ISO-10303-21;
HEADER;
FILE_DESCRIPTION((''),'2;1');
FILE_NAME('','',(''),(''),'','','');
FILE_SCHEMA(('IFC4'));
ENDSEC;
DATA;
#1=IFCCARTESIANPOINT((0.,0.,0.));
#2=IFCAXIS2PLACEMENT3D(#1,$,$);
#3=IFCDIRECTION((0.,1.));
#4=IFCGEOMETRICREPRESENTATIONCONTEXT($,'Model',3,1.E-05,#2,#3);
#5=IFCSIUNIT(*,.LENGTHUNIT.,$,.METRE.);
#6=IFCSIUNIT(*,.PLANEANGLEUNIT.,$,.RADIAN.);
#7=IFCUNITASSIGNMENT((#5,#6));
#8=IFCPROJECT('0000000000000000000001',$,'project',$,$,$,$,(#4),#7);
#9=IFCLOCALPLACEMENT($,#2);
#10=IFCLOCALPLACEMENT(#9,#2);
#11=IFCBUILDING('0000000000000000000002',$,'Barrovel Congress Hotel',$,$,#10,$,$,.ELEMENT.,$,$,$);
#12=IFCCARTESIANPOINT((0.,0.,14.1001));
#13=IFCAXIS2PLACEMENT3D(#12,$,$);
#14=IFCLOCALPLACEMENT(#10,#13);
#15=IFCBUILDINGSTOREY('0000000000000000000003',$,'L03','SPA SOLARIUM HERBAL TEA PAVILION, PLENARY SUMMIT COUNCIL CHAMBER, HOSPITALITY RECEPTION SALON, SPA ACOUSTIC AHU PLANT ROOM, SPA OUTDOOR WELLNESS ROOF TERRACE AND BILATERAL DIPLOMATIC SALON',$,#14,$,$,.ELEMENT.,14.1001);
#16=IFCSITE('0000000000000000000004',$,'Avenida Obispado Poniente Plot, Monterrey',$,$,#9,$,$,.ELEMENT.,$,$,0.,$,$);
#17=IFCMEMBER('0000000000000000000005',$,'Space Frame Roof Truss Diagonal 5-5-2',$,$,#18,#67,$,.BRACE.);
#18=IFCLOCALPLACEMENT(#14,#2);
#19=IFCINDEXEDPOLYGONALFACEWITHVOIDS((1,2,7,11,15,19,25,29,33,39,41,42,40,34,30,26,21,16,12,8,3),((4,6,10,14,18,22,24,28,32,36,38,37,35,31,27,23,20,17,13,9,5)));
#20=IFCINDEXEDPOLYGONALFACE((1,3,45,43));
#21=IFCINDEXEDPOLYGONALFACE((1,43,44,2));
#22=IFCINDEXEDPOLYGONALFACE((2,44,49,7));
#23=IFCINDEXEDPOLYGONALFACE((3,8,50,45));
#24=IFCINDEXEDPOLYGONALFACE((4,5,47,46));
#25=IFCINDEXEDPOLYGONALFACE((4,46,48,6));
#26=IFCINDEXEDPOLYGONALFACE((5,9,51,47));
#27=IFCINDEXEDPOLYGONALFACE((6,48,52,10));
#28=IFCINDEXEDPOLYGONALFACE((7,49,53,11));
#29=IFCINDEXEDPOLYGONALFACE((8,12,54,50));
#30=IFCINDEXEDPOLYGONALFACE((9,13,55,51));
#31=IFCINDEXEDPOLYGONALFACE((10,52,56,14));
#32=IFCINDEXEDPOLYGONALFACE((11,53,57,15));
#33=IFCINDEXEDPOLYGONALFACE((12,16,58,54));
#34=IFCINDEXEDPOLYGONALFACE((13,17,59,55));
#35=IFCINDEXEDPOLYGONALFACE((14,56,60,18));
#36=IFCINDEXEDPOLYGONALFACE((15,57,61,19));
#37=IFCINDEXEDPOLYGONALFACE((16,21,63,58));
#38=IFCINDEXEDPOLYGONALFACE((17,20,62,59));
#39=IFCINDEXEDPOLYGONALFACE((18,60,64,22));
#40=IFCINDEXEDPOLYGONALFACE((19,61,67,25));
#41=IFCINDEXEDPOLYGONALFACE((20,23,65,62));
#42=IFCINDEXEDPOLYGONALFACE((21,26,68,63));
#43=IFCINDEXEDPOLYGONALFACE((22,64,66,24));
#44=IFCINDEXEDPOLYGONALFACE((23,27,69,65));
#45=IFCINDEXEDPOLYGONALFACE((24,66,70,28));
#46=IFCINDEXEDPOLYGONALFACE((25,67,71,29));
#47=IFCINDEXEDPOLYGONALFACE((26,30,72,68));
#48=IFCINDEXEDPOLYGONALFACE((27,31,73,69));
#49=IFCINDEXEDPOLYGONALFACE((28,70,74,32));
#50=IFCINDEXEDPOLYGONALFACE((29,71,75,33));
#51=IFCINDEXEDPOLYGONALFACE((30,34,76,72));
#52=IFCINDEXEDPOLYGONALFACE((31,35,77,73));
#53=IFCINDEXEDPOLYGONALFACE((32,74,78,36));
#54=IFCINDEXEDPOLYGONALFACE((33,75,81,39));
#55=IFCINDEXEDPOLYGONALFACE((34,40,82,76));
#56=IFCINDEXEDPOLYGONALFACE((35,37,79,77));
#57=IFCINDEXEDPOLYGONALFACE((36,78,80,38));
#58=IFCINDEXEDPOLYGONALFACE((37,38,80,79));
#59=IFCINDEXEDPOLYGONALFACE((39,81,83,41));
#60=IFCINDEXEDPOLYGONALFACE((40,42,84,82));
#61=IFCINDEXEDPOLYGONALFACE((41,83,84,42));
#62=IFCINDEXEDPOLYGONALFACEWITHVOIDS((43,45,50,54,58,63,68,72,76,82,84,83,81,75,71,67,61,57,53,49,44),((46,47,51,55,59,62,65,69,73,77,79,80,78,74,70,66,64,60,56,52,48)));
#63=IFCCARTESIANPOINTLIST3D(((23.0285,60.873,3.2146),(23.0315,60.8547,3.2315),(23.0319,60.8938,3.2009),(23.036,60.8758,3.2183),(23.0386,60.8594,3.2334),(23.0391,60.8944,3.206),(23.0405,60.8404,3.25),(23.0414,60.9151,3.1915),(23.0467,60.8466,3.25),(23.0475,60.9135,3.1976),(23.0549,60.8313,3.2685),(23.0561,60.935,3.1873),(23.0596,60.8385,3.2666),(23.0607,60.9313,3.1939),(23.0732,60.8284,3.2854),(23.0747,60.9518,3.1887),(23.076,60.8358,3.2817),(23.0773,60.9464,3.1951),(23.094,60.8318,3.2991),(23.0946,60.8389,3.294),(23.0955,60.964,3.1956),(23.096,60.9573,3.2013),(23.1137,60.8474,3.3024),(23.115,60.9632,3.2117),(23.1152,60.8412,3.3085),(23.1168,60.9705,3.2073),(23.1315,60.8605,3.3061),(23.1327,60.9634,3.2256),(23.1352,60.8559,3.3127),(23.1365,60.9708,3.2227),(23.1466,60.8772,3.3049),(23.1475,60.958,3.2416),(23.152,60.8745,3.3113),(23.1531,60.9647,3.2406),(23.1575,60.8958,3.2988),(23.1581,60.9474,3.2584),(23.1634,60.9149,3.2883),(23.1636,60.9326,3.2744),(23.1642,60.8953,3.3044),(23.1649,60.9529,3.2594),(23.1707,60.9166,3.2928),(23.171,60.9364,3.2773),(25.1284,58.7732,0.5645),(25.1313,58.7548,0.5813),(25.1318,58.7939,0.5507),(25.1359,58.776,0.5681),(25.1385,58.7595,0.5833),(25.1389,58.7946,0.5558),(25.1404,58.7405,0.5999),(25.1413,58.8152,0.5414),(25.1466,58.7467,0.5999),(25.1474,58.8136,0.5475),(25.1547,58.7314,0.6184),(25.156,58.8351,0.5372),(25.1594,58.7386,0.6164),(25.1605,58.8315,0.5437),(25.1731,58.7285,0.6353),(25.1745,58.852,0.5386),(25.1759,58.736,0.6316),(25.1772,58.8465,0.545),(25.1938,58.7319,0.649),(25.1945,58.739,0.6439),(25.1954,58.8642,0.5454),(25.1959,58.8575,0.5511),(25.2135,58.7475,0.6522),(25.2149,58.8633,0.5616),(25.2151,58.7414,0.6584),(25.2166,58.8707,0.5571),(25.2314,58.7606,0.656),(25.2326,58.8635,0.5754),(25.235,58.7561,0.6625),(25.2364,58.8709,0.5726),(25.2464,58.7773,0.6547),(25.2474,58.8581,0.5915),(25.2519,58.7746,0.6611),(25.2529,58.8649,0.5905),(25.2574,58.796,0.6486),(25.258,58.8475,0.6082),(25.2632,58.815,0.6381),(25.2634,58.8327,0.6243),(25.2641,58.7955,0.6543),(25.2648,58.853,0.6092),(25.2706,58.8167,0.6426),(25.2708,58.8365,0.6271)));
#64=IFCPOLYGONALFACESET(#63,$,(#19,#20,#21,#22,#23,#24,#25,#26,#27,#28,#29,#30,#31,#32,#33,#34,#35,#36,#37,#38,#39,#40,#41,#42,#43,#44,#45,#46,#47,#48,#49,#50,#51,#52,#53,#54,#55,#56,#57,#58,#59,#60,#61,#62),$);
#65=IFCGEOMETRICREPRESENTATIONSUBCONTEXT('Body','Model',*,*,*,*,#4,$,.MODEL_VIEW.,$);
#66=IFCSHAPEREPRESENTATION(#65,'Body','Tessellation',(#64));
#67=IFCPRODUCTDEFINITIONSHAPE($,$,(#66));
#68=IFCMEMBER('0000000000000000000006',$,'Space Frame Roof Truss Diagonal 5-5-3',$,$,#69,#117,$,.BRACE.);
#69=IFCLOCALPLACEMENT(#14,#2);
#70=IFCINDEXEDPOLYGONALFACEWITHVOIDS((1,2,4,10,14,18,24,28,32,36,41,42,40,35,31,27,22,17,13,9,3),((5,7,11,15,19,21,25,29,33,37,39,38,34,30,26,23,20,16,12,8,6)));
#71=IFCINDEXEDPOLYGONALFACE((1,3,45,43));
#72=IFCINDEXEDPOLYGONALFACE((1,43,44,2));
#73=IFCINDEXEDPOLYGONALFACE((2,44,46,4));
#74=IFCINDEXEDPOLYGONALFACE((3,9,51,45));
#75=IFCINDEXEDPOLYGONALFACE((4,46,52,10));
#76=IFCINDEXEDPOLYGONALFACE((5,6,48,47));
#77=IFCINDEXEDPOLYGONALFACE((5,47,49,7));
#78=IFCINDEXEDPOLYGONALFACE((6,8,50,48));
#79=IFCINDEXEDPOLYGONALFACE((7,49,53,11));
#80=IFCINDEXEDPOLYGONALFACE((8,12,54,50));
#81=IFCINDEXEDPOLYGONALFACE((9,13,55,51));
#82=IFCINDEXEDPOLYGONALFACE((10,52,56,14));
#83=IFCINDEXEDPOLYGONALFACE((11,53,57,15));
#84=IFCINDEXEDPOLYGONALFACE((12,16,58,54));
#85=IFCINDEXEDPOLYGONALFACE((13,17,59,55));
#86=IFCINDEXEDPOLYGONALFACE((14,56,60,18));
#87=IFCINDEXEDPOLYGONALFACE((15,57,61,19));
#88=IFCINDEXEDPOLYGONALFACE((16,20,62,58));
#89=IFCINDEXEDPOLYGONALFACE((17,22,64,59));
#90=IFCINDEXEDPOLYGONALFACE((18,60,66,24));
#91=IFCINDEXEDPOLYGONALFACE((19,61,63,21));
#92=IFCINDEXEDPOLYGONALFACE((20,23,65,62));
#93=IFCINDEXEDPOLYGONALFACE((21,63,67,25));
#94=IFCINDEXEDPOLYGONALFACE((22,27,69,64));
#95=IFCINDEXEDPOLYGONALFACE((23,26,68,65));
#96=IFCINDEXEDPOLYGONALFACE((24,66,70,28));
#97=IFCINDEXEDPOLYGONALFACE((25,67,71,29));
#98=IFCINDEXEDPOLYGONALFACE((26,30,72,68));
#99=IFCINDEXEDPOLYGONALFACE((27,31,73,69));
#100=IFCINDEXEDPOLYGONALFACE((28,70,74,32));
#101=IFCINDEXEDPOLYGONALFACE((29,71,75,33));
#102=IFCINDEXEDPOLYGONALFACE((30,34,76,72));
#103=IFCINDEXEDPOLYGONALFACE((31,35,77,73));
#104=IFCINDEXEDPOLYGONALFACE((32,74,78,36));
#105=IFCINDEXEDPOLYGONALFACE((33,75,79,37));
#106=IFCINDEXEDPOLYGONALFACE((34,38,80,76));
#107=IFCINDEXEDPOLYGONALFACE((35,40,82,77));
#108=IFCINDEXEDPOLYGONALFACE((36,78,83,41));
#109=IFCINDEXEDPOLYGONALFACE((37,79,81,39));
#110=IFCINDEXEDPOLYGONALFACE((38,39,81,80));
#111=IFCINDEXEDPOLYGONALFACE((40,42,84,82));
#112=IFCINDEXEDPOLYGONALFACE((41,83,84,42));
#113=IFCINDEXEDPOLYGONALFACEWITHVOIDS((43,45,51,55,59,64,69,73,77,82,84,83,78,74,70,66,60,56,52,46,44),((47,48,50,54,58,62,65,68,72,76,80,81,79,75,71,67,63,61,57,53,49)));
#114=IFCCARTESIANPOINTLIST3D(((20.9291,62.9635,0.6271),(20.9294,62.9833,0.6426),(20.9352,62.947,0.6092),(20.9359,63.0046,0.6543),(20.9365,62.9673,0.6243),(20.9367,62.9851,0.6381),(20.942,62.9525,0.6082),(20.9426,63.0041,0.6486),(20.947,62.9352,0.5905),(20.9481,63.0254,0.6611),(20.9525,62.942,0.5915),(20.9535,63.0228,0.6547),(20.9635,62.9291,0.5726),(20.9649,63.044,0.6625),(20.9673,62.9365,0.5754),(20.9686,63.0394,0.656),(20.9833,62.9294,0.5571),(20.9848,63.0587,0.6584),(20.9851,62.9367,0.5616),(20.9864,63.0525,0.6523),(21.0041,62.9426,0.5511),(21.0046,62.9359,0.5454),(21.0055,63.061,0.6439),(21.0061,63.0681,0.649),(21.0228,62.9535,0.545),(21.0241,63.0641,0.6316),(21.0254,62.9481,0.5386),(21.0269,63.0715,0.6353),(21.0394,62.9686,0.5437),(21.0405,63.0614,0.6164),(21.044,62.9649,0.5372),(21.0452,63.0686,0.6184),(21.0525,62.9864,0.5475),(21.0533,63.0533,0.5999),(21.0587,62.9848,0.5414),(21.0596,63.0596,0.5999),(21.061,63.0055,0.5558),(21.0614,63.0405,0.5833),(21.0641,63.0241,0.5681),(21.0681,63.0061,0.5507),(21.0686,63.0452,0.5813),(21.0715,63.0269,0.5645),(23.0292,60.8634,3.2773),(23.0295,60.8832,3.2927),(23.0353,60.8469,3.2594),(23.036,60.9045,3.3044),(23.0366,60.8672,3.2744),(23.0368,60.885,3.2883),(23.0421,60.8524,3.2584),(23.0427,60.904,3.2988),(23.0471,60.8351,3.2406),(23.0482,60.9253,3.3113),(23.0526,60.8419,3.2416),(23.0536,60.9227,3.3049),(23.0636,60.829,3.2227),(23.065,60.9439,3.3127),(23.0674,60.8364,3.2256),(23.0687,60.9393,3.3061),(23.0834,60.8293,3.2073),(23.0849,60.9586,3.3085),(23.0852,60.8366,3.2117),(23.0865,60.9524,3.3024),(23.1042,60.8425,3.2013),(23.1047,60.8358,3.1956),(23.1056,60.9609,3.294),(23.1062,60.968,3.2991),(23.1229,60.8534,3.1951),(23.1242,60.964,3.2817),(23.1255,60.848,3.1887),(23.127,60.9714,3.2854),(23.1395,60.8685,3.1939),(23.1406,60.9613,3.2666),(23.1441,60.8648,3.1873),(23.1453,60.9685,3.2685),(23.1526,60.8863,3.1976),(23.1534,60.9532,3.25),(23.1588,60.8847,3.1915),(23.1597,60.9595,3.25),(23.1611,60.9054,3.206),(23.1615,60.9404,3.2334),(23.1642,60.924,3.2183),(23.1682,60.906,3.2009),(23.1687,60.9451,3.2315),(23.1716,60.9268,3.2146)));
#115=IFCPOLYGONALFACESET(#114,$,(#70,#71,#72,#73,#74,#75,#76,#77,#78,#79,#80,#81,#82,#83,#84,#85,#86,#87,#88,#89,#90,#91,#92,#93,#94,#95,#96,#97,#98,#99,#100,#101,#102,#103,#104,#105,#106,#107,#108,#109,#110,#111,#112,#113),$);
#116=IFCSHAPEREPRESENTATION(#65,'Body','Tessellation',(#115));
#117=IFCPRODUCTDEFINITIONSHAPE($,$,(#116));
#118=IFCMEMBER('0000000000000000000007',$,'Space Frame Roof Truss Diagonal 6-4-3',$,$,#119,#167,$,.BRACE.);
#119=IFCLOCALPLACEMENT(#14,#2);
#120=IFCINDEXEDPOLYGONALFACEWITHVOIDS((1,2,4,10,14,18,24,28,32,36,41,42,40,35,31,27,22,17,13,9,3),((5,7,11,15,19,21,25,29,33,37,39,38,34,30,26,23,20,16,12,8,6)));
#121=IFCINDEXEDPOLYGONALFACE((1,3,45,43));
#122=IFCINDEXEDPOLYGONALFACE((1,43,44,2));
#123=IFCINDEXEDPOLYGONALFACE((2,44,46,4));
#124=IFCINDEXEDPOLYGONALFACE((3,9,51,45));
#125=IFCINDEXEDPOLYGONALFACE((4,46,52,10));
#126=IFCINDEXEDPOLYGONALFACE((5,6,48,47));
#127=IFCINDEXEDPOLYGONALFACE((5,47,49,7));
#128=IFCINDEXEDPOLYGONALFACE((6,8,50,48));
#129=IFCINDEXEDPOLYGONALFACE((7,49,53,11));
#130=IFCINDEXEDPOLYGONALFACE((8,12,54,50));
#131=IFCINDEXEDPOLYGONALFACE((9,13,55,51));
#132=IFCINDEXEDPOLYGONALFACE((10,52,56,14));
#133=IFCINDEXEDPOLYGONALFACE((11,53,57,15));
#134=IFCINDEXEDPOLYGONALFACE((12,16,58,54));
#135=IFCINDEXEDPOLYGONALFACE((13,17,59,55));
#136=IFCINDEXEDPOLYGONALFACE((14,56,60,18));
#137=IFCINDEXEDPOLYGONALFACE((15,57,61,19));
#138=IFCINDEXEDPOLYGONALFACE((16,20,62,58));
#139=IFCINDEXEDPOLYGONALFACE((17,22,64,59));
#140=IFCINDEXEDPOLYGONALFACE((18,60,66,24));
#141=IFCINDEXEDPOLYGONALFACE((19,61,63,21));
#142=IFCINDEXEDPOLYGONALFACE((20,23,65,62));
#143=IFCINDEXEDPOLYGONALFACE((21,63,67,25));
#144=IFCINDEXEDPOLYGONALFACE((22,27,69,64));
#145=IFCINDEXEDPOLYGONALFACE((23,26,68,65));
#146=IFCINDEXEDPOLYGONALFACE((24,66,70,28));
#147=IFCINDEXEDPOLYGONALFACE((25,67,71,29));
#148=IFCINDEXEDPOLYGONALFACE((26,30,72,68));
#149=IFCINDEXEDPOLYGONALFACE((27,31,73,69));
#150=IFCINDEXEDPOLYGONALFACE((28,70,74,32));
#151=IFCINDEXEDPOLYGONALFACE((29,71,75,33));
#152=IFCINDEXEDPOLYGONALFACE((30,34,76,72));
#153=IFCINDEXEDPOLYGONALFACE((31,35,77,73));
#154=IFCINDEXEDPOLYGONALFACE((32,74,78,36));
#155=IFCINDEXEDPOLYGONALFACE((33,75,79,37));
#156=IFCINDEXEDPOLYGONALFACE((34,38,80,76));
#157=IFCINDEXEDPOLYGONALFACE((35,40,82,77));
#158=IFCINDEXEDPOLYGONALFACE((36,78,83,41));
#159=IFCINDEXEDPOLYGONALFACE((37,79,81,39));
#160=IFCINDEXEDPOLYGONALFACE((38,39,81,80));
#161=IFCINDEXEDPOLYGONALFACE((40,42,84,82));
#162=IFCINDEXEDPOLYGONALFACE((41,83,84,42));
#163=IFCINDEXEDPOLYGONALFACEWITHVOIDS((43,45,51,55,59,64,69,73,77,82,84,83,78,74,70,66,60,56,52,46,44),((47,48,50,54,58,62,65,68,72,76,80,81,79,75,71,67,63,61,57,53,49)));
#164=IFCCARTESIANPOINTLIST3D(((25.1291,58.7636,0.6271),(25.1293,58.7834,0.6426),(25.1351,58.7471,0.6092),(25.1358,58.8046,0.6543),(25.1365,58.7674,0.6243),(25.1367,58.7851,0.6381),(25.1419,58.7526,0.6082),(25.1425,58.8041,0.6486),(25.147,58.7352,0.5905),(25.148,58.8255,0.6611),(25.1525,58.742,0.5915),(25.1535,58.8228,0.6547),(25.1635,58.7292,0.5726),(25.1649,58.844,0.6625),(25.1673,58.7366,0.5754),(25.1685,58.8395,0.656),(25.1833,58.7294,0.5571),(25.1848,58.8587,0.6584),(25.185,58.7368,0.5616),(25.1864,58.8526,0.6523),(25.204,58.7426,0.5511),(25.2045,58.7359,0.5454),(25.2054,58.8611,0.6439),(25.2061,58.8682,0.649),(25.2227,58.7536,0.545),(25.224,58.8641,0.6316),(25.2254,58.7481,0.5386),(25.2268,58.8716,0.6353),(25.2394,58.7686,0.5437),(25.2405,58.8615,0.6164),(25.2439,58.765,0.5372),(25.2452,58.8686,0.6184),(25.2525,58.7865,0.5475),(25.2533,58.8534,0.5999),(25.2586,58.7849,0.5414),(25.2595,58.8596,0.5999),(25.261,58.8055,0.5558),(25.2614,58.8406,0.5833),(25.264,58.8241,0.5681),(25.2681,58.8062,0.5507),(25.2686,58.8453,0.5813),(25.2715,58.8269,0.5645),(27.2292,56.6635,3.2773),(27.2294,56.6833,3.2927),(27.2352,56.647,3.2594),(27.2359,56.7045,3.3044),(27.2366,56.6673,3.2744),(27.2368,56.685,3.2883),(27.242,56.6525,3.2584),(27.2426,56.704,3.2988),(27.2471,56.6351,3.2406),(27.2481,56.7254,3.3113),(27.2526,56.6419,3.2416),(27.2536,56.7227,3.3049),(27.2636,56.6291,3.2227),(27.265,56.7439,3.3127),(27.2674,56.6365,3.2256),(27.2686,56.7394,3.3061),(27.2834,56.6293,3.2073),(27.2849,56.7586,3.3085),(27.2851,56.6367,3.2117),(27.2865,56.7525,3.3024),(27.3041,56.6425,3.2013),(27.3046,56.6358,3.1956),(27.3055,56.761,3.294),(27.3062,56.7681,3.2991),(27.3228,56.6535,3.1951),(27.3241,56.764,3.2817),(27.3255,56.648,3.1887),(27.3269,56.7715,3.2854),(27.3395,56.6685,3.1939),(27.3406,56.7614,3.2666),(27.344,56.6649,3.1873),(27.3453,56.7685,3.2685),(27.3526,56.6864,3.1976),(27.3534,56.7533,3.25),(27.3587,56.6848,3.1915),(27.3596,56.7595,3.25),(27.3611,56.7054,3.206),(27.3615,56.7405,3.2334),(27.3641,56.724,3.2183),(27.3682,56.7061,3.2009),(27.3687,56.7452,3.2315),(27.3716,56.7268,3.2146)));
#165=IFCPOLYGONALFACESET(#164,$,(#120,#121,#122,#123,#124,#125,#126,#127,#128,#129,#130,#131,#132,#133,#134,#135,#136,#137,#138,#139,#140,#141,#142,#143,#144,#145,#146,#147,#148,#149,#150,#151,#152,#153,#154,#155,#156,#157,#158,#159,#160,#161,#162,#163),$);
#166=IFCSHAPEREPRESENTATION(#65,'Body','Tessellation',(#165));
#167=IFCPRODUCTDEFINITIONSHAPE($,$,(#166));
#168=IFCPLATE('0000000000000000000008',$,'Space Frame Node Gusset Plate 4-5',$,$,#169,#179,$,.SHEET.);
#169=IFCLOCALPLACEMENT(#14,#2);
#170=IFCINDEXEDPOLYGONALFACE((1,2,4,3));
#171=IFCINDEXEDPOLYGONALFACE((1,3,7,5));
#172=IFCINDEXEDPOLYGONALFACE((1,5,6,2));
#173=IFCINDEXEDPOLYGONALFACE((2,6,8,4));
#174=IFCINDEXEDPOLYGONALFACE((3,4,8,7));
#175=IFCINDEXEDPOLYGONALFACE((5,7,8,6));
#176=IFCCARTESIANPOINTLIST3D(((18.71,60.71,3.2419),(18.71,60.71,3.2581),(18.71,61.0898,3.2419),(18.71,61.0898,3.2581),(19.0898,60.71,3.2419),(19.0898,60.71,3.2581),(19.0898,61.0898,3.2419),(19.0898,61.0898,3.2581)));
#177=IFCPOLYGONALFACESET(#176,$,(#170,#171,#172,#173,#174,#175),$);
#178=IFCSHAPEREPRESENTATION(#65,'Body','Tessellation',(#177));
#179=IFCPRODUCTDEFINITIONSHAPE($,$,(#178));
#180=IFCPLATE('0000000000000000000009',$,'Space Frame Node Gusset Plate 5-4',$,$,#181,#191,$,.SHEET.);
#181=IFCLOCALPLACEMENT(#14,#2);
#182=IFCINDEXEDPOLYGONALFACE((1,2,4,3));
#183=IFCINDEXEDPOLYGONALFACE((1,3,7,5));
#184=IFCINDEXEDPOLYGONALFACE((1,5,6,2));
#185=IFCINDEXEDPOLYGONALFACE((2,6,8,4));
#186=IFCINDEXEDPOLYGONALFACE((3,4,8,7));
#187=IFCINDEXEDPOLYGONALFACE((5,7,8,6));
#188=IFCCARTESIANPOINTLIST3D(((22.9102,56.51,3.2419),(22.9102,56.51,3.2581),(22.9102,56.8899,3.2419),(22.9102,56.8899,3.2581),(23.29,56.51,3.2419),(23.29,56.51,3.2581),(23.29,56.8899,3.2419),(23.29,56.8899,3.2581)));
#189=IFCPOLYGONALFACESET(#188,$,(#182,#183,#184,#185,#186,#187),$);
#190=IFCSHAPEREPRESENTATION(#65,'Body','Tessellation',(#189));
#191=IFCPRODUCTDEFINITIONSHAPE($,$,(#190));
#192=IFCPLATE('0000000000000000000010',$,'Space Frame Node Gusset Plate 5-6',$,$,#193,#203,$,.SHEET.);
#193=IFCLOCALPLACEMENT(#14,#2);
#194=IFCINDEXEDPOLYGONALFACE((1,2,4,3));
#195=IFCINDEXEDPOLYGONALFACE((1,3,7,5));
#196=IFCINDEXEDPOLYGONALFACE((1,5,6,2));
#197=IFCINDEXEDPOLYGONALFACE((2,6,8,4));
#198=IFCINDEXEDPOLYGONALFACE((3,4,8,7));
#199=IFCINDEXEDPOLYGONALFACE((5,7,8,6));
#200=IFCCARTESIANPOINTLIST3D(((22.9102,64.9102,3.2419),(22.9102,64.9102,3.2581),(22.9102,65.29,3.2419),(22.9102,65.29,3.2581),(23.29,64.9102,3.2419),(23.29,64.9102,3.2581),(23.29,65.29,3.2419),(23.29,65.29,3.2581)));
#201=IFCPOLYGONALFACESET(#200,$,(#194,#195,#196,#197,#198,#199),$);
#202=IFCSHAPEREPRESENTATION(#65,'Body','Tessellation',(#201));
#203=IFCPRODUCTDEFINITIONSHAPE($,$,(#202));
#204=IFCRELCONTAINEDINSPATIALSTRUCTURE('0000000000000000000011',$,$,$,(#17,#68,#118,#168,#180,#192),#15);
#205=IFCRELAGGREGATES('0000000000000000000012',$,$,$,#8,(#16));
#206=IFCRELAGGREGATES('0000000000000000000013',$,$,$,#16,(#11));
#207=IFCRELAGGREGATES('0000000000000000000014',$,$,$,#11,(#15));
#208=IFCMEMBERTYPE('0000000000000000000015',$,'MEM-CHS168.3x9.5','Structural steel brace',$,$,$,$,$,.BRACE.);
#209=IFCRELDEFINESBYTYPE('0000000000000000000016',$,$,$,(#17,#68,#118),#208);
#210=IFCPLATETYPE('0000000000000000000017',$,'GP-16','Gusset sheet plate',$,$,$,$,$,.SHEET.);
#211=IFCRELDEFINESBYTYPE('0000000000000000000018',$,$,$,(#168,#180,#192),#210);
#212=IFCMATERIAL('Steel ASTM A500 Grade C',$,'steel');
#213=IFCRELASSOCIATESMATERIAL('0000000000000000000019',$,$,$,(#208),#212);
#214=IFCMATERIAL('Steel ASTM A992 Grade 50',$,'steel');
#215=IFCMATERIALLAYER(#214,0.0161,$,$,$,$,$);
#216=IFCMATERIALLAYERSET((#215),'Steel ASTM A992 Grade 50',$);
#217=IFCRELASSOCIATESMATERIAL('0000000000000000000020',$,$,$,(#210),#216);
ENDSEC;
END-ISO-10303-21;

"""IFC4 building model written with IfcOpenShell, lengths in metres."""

from ifc_helpers import new_model, si_unit, direction, frame, origin, origin_2d, place, context, subcontext, project, spatial, rectangle, hollow_circle, extrude, material, layer, layer_set, material_profile, profile_set, type_object, element, save


model = new_model("IFC4")

# Units and contexts
model_context = context("Model", 3, precision=1e-05, world=origin(), true_north=direction((0.0, 1.0)))
body_context = subcontext(model_context, "Body", "Model", "MODEL_VIEW")
ifc_project = project(units=[si_unit("LENGTHUNIT", "METRE"), si_unit("PLANEANGLEUNIT", "RADIAN")], contexts=[model_context])

# Site, building, storey
site_placement = place(None, origin())
site = spatial("IfcSite", under=ifc_project, at=site_placement, Name="Avenida Obispado Poniente Plot, Monterrey", CompositionType="ELEMENT", RefElevation=0.0)
building_placement = place(site_placement, origin())
building = spatial("IfcBuilding", under=site, at=building_placement, Name="Barrovel Congress Hotel", CompositionType="ELEMENT")
storey_placement = place(building_placement, frame((0.0, 0.0, 14.1001)))
storey = spatial("IfcBuildingStorey", under=building, at=storey_placement, Name="L03", Description="SPA SOLARIUM HERBAL TEA PAVILION, PLENARY SUMMIT COUNCIL CHAMBER, HOSPITALITY RECEPTION SALON, SPA ACOUSTIC AHU PLANT ROOM, SPA OUTDOOR WELLNESS ROOF TERRACE AND BILATERAL DIPLOMATIC SALON", CompositionType="ELEMENT", Elevation=14.1001)

# Members
ifc_material_1 = material(Name="Steel ASTM A500 Grade C", Category="steel")
ifc_material_profile_1 = material_profile(ifc_material_1, hollow_circle(Radius=0.0842, WallThickness=0.0088, at=origin_2d()), Name="CHS168.3x9.5")
ifc_profile_set_1 = profile_set([ifc_material_profile_1], Name="Steel ASTM A500 Grade C")
member_type_1 = type_object("IfcMemberType", Name="MEM-CHS168.3x9.5", Description="Structural steel brace", PredefinedType="BRACE", material=ifc_profile_set_1)
for number, where, z_axis, x_axis, name in (
    (1, (25.2, 58.8, 0.5999), (-0.527574, 0.527574, 0.665831), (-0.707107, -0.707107, 0.0), "Space Frame Roof Truss Diagonal 5-5-2"),
):
    element("IfcMember", number, at=place(storey_placement, frame(where, z_axis=z_axis, x_axis=x_axis)), inside=storey, type_object=member_type_1, Name=name, PredefinedType="BRACE", context=body_context, shape_type="SweptSolid", body=[
        extrude(hollow_circle(Radius=0.0842, WallThickness=0.0088, at=origin_2d()), origin(), (0.0, 0.0, 1.0), 3.9802),
    ])
for number, where, z_axis, x_axis, name in (
    (2, (21.0, 63.0, 0.5999), (0.527601, -0.527601, 0.665788), (0.707107, 0.707107, 0.0), "Space Frame Roof Truss Diagonal 5-5-3"),
    (3, (25.2, 58.8, 0.5999), (0.527601, -0.527601, 0.665788), (0.707107, 0.707107, 0.0), "Space Frame Roof Truss Diagonal 6-4-3"),
):
    element("IfcMember", number, at=place(storey_placement, frame(where, z_axis=z_axis, x_axis=x_axis)), inside=storey, type_object=member_type_1, Name=name, PredefinedType="BRACE", context=body_context, shape_type="SweptSolid", body=[
        extrude(hollow_circle(Radius=0.0842, WallThickness=0.0088, at=origin_2d()), origin(), (0.0, 0.0, 1.0), 3.9805),
    ])

# Plates
ifc_material_2 = material(Name="Steel ASTM A992 Grade 50", Category="steel")
ifc_layer_1 = layer(ifc_material_2, 0.0161)
ifc_layer_set_1 = layer_set([ifc_layer_1], Name="Steel ASTM A992 Grade 50")
plate_type_1 = type_object("IfcPlateType", Name="GP-16", Description="Gusset sheet plate", PredefinedType="SHEET", material=ifc_layer_set_1)
for number, where, z_axis, x_axis, name in (
    (4, (18.8999, 60.8999, 3.2419), (0.0, 0.0, 1.0), (1.0, 0.0, 0.0), "Space Frame Node Gusset Plate 4-5"),
    (5, (23.1001, 56.7, 3.2419), (0.0, 0.0, 1.0), (1.0, 0.0, 0.0), "Space Frame Node Gusset Plate 5-4"),
    (6, (23.1001, 65.1001, 3.2419), (0.0, 0.0, 1.0), (1.0, 0.0, 0.0), "Space Frame Node Gusset Plate 5-6"),
):
    element("IfcPlate", number, at=place(storey_placement, frame(where, z_axis=z_axis, x_axis=x_axis)), inside=storey, type_object=plate_type_1, Name=name, PredefinedType="SHEET", context=body_context, shape_type="SweptSolid", body=[
        extrude(rectangle(XDim=0.3799, YDim=0.3799, at=origin_2d()), origin(), (0.0, 0.0, 1.0), 0.0161),
    ])

save(model, "model.ifc")
